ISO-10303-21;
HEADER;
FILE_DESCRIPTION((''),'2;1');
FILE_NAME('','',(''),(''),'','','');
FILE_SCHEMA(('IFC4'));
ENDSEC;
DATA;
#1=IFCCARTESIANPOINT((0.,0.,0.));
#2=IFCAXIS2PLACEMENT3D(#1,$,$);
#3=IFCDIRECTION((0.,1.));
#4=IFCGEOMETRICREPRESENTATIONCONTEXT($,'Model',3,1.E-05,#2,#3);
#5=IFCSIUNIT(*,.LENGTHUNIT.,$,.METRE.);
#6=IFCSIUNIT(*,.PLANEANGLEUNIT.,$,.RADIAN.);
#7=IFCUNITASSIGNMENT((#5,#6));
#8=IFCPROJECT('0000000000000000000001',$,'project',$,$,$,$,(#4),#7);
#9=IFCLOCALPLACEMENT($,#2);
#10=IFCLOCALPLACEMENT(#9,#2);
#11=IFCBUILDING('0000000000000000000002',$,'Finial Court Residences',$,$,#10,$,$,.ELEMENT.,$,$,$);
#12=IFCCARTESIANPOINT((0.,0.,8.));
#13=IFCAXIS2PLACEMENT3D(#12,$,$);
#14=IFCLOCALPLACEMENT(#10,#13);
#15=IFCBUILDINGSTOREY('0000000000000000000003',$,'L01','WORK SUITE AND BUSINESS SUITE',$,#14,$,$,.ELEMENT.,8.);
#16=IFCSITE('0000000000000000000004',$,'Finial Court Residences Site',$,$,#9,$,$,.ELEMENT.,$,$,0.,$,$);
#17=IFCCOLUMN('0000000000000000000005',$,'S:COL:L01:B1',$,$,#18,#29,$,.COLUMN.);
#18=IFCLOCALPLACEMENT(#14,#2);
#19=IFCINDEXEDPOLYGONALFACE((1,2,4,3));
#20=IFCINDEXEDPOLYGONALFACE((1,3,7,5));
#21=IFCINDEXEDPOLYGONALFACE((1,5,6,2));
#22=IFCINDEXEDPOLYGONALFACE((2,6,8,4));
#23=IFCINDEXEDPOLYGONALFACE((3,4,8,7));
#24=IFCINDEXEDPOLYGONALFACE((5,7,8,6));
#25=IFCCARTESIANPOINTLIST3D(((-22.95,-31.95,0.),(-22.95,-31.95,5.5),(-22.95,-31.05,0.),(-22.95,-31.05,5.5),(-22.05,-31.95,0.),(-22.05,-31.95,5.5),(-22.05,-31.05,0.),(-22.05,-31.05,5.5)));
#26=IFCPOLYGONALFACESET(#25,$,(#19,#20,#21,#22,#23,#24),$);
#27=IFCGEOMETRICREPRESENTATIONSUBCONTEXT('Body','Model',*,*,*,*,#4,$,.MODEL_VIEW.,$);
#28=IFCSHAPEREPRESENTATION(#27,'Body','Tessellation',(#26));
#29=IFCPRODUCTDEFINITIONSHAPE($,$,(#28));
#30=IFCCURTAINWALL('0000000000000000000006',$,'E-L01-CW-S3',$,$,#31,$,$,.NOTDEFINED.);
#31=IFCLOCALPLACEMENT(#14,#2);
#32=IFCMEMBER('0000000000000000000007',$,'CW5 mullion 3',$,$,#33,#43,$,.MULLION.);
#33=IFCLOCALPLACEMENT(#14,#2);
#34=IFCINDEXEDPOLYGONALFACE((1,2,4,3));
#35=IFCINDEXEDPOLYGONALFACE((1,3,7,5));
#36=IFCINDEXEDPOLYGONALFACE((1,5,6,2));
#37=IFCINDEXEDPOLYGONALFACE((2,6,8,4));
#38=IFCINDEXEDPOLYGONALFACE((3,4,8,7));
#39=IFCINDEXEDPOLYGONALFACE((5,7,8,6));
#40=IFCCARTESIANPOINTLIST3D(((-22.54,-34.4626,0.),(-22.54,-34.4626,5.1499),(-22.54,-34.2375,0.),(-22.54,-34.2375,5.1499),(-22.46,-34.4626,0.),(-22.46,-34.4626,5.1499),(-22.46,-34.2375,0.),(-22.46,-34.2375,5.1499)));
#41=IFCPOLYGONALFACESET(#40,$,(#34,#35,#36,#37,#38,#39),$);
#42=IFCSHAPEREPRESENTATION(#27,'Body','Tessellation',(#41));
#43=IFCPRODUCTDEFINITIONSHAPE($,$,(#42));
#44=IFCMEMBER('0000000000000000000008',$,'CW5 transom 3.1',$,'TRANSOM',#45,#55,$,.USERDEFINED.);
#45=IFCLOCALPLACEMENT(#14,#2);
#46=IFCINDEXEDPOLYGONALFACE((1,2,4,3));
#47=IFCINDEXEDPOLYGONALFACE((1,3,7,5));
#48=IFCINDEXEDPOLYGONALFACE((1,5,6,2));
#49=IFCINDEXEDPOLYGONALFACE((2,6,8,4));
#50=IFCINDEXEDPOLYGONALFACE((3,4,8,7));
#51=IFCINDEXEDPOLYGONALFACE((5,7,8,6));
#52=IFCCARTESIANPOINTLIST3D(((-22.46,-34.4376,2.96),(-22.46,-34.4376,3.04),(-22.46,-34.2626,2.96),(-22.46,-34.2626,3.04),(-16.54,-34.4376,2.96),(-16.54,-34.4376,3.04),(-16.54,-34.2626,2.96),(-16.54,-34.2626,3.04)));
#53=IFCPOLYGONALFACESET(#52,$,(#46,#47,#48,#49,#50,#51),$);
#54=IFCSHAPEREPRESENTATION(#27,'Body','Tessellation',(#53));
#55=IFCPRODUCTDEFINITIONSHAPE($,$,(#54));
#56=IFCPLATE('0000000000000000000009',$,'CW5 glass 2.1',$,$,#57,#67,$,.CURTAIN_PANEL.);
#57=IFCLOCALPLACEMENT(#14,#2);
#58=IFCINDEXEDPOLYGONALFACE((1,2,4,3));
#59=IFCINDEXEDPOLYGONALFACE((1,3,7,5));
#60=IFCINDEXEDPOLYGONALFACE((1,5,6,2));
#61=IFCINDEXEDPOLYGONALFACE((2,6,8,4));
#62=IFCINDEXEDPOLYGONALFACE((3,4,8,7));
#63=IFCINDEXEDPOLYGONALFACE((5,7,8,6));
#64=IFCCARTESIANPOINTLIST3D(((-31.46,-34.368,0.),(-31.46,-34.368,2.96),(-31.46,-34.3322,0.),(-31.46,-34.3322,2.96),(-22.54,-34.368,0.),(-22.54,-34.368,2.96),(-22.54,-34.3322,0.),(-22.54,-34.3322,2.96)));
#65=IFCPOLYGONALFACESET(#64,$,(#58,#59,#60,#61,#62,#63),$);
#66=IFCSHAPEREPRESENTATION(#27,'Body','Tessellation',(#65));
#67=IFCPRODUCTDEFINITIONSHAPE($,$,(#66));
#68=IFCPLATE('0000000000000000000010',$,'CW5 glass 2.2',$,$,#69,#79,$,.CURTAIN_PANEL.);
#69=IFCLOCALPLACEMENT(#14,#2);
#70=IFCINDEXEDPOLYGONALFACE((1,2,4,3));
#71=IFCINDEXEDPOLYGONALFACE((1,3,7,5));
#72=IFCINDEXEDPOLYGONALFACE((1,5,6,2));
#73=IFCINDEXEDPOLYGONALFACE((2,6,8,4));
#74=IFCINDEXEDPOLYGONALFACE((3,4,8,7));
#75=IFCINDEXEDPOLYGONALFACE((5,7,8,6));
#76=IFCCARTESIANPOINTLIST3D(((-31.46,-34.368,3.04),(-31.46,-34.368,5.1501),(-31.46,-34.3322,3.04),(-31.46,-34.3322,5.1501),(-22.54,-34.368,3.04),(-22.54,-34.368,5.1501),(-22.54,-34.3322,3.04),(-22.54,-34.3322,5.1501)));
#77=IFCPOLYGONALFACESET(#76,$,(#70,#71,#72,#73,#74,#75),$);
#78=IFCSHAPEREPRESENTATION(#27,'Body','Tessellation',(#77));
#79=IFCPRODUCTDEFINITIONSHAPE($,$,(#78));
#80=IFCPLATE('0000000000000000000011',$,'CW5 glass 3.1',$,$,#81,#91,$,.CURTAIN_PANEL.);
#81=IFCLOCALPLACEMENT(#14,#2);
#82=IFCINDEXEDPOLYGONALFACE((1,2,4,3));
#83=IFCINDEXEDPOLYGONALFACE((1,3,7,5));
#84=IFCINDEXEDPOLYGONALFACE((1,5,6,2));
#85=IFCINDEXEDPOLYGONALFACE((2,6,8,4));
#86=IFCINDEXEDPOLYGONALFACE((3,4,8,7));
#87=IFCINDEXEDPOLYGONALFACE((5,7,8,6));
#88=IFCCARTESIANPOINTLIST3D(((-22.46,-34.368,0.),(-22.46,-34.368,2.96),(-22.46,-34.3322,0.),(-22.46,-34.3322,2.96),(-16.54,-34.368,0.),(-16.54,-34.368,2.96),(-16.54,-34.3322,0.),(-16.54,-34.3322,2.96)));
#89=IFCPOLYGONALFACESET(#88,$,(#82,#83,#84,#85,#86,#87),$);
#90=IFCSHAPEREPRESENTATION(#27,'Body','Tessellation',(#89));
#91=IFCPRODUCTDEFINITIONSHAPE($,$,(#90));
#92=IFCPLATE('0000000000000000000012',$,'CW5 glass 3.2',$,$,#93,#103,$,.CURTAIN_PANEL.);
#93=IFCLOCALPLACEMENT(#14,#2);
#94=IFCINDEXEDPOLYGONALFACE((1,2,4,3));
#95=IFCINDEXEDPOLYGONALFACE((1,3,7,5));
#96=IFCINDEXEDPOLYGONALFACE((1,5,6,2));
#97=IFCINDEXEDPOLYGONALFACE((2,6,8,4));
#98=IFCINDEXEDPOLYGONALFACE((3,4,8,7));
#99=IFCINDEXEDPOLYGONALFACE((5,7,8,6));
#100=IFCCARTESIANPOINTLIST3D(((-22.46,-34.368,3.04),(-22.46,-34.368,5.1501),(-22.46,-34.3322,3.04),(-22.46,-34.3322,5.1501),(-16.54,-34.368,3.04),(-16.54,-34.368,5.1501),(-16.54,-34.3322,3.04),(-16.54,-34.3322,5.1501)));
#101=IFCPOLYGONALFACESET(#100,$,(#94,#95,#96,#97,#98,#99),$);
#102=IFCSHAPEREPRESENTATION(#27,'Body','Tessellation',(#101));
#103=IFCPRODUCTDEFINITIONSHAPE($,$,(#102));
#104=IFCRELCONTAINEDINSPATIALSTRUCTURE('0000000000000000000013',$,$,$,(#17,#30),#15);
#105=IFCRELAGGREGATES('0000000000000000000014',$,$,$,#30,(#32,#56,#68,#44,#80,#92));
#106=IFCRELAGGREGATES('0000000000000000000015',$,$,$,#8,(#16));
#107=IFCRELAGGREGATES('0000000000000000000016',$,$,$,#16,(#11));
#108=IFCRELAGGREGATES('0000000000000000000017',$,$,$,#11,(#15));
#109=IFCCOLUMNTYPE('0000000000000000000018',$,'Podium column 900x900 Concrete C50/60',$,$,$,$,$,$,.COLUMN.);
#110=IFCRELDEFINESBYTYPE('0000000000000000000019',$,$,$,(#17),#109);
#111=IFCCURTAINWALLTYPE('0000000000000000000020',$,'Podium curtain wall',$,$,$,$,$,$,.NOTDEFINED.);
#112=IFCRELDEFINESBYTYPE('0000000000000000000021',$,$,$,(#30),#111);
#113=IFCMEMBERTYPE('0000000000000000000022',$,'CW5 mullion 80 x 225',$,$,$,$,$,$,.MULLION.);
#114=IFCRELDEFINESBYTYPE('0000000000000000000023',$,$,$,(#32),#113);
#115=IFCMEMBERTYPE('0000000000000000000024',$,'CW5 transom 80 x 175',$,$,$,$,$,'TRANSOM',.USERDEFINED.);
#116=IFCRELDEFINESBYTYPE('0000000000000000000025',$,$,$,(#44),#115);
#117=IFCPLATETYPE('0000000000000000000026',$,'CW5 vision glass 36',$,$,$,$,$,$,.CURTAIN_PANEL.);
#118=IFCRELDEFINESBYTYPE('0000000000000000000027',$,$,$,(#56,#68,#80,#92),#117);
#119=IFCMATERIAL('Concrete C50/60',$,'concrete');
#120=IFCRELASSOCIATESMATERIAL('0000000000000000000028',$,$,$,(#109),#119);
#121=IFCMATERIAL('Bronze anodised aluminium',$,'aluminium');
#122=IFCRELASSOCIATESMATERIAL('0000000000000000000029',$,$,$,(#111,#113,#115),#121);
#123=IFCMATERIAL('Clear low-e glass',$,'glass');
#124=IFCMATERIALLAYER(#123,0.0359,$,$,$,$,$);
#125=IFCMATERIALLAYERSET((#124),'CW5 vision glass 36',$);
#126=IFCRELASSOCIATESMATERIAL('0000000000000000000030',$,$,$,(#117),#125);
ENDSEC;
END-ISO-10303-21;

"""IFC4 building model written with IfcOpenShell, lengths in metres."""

from ifc_helpers import new_model, si_unit, direction, frame, origin, origin_2d, place, context, subcontext, project, spatial, rectangle, extrude, material, layer, layer_set, material_profile, profile_set, type_object, element, aggregate, save


model = new_model("IFC4")

# Units and contexts
model_context = context("Model", 3, precision=1e-05, world=origin(), true_north=direction((0.0, 1.0)))
body_context = subcontext(model_context, "Body", "Model", "MODEL_VIEW")
ifc_project = project(units=[si_unit("LENGTHUNIT", "METRE"), si_unit("PLANEANGLEUNIT", "RADIAN")], contexts=[model_context])

# Site, building, storey
site_placement = place(None, origin())
site = spatial("IfcSite", under=ifc_project, at=site_placement, Name="Finial Court Residences Site", CompositionType="ELEMENT", RefElevation=0.0)
building_placement = place(site_placement, origin())
building = spatial("IfcBuilding", under=site, at=building_placement, Name="Finial Court Residences", CompositionType="ELEMENT")
storey_placement = place(building_placement, frame((0.0, 0.0, 8.0)))
storey = spatial("IfcBuildingStorey", under=building, at=storey_placement, Name="L01", Description="WORK SUITE AND BUSINESS SUITE", CompositionType="ELEMENT", Elevation=8.0)

# Column
ifc_material_1 = material(Name="Concrete C50/60", Category="concrete")
ifc_material_profile_1 = material_profile(ifc_material_1, rectangle(XDim=0.8999, YDim=0.8999, at=origin_2d()), Name="900x900")
ifc_profile_set_1 = profile_set([ifc_material_profile_1], Name="Concrete C50/60")
column_type = type_object("IfcColumnType", Name="Podium column 900x900 Concrete C50/60", PredefinedType="COLUMN", material=ifc_profile_set_1)
column_placement = place(storey_placement, frame((-22.5, -31.5, 0.0), z_axis=(0.0, 0.0, 1.0), x_axis=(1.0, 0.0, 0.0)))
element("IfcColumn", 1, at=column_placement, inside=storey, type_object=column_type, Name="S:COL:L01:B1", PredefinedType="COLUMN", context=body_context, shape_type="SweptSolid", body=[
    extrude(rectangle(XDim=0.8999, YDim=0.8999, at=origin_2d()), origin(), (0.0, 0.0, 1.0), 5.5),
])

# Curtain wall, members, plates
ifc_material_2 = material(Name="Bronze anodised aluminium", Category="aluminium")
curtain_wall_type = type_object("IfcCurtainWallType", Name="Podium curtain wall", PredefinedType="NOTDEFINED", material=ifc_material_2)
curtain_wall_placement = place(storey_placement, origin())
curtain_wall = element("IfcCurtainWall", 2, at=curtain_wall_placement, inside=storey, type_object=curtain_wall_type, Name="E-L01-CW-S3", PredefinedType="NOTDEFINED")
ifc_material_profile_2 = material_profile(ifc_material_2, rectangle(XDim=0.2251, YDim=0.0801, at=origin_2d()), Name="CW5 mullion 80 x 225")
ifc_profile_set_2 = profile_set([ifc_material_profile_2], Name="Bronze anodised aluminium")
member_type_1 = type_object("IfcMemberType", Name="CW5 mullion 80 x 225", PredefinedType="MULLION", material=ifc_profile_set_2)
member_1_placement = place(storey_placement, frame((-22.5, -34.3501, 0.0), z_axis=(0.0, 0.0, 1.0), x_axis=(0.0, 1.0, 0.0)))
member_1 = element("IfcMember", 3, at=member_1_placement, type_object=member_type_1, Name="CW5 mullion 3", PredefinedType="MULLION", context=body_context, shape_type="SweptSolid", body=[
    extrude(rectangle(XDim=0.2251, YDim=0.0801, at=origin_2d()), origin(), (0.0, 0.0, 1.0), 5.1499),
])
ifc_material_profile_3 = material_profile(ifc_material_2, rectangle(XDim=0.175, YDim=0.0801, at=origin_2d()), Name="CW5 transom 80 x 175")
ifc_profile_set_3 = profile_set([ifc_material_profile_3], Name="Bronze anodised aluminium")
member_type_2 = type_object("IfcMemberType", Name="CW5 transom 80 x 175", ElementType="TRANSOM", PredefinedType="USERDEFINED", material=ifc_profile_set_3)
member_2_placement = place(storey_placement, frame((-22.46, -34.3501, 3.0), z_axis=(1.0, 0.0, 0.0), x_axis=(0.0, 1.0, 0.0)))
member_2 = element("IfcMember", 4, at=member_2_placement, type_object=member_type_2, Name="CW5 transom 3.1", ObjectType="TRANSOM", PredefinedType="USERDEFINED", context=body_context, shape_type="SweptSolid", body=[
    extrude(rectangle(XDim=0.175, YDim=0.0801, at=origin_2d()), origin(), (0.0, 0.0, 1.0), 5.9199),
])
ifc_material_3 = material(Name="Clear low-e glass", Category="glass")
ifc_layer_1 = layer(ifc_material_3, 0.0359)
ifc_layer_set_1 = layer_set([ifc_layer_1], Name="CW5 vision glass 36")
plate_type = type_object("IfcPlateType", Name="CW5 vision glass 36", PredefinedType="CURTAIN_PANEL", material=ifc_layer_set_1)
plate_1_placement = place(storey_placement, frame((-27.0, -34.3501, 0.0), z_axis=(0.0, 0.0, 1.0), x_axis=(1.0, 0.0, 0.0)))
plate_1 = element("IfcPlate", 5, at=plate_1_placement, type_object=plate_type, Name="CW5 glass 2.1", PredefinedType="CURTAIN_PANEL", context=body_context, shape_type="SweptSolid", body=[
    extrude(rectangle(XDim=8.9199, YDim=0.0359, at=origin_2d()), origin(), (0.0, 0.0, 1.0), 2.96),
])
plate_2_placement = place(storey_placement, frame((-27.0, -34.3501, 3.04), z_axis=(0.0, 0.0, 1.0), x_axis=(1.0, 0.0, 0.0)))
plate_2 = element("IfcPlate", 6, at=plate_2_placement, type_object=plate_type, Name="CW5 glass 2.2", PredefinedType="CURTAIN_PANEL", context=body_context, shape_type="SweptSolid", body=[
    extrude(rectangle(XDim=8.9199, YDim=0.0359, at=origin_2d()), origin(), (0.0, 0.0, 1.0), 2.1101),
])
plate_3_placement = place(storey_placement, frame((-19.5, -34.3501, 0.0), z_axis=(0.0, 0.0, 1.0), x_axis=(1.0, 0.0, 0.0)))
plate_3 = element("IfcPlate", 7, at=plate_3_placement, type_object=plate_type, Name="CW5 glass 3.1", PredefinedType="CURTAIN_PANEL", context=body_context, shape_type="SweptSolid", body=[
    extrude(rectangle(XDim=5.9199, YDim=0.0359, at=origin_2d()), origin(), (0.0, 0.0, 1.0), 2.96),
])
plate_4_placement = place(storey_placement, frame((-19.5, -34.3501, 3.04), z_axis=(0.0, 0.0, 1.0), x_axis=(1.0, 0.0, 0.0)))
plate_4 = element("IfcPlate", 8, at=plate_4_placement, type_object=plate_type, Name="CW5 glass 3.2", PredefinedType="CURTAIN_PANEL", context=body_context, shape_type="SweptSolid", body=[
    extrude(rectangle(XDim=5.9199, YDim=0.0359, at=origin_2d()), origin(), (0.0, 0.0, 1.0), 2.1101),
])
aggregate(curtain_wall, [member_1, plate_1, plate_2, member_2, plate_3, plate_4])

save(model, "model.ifc")
